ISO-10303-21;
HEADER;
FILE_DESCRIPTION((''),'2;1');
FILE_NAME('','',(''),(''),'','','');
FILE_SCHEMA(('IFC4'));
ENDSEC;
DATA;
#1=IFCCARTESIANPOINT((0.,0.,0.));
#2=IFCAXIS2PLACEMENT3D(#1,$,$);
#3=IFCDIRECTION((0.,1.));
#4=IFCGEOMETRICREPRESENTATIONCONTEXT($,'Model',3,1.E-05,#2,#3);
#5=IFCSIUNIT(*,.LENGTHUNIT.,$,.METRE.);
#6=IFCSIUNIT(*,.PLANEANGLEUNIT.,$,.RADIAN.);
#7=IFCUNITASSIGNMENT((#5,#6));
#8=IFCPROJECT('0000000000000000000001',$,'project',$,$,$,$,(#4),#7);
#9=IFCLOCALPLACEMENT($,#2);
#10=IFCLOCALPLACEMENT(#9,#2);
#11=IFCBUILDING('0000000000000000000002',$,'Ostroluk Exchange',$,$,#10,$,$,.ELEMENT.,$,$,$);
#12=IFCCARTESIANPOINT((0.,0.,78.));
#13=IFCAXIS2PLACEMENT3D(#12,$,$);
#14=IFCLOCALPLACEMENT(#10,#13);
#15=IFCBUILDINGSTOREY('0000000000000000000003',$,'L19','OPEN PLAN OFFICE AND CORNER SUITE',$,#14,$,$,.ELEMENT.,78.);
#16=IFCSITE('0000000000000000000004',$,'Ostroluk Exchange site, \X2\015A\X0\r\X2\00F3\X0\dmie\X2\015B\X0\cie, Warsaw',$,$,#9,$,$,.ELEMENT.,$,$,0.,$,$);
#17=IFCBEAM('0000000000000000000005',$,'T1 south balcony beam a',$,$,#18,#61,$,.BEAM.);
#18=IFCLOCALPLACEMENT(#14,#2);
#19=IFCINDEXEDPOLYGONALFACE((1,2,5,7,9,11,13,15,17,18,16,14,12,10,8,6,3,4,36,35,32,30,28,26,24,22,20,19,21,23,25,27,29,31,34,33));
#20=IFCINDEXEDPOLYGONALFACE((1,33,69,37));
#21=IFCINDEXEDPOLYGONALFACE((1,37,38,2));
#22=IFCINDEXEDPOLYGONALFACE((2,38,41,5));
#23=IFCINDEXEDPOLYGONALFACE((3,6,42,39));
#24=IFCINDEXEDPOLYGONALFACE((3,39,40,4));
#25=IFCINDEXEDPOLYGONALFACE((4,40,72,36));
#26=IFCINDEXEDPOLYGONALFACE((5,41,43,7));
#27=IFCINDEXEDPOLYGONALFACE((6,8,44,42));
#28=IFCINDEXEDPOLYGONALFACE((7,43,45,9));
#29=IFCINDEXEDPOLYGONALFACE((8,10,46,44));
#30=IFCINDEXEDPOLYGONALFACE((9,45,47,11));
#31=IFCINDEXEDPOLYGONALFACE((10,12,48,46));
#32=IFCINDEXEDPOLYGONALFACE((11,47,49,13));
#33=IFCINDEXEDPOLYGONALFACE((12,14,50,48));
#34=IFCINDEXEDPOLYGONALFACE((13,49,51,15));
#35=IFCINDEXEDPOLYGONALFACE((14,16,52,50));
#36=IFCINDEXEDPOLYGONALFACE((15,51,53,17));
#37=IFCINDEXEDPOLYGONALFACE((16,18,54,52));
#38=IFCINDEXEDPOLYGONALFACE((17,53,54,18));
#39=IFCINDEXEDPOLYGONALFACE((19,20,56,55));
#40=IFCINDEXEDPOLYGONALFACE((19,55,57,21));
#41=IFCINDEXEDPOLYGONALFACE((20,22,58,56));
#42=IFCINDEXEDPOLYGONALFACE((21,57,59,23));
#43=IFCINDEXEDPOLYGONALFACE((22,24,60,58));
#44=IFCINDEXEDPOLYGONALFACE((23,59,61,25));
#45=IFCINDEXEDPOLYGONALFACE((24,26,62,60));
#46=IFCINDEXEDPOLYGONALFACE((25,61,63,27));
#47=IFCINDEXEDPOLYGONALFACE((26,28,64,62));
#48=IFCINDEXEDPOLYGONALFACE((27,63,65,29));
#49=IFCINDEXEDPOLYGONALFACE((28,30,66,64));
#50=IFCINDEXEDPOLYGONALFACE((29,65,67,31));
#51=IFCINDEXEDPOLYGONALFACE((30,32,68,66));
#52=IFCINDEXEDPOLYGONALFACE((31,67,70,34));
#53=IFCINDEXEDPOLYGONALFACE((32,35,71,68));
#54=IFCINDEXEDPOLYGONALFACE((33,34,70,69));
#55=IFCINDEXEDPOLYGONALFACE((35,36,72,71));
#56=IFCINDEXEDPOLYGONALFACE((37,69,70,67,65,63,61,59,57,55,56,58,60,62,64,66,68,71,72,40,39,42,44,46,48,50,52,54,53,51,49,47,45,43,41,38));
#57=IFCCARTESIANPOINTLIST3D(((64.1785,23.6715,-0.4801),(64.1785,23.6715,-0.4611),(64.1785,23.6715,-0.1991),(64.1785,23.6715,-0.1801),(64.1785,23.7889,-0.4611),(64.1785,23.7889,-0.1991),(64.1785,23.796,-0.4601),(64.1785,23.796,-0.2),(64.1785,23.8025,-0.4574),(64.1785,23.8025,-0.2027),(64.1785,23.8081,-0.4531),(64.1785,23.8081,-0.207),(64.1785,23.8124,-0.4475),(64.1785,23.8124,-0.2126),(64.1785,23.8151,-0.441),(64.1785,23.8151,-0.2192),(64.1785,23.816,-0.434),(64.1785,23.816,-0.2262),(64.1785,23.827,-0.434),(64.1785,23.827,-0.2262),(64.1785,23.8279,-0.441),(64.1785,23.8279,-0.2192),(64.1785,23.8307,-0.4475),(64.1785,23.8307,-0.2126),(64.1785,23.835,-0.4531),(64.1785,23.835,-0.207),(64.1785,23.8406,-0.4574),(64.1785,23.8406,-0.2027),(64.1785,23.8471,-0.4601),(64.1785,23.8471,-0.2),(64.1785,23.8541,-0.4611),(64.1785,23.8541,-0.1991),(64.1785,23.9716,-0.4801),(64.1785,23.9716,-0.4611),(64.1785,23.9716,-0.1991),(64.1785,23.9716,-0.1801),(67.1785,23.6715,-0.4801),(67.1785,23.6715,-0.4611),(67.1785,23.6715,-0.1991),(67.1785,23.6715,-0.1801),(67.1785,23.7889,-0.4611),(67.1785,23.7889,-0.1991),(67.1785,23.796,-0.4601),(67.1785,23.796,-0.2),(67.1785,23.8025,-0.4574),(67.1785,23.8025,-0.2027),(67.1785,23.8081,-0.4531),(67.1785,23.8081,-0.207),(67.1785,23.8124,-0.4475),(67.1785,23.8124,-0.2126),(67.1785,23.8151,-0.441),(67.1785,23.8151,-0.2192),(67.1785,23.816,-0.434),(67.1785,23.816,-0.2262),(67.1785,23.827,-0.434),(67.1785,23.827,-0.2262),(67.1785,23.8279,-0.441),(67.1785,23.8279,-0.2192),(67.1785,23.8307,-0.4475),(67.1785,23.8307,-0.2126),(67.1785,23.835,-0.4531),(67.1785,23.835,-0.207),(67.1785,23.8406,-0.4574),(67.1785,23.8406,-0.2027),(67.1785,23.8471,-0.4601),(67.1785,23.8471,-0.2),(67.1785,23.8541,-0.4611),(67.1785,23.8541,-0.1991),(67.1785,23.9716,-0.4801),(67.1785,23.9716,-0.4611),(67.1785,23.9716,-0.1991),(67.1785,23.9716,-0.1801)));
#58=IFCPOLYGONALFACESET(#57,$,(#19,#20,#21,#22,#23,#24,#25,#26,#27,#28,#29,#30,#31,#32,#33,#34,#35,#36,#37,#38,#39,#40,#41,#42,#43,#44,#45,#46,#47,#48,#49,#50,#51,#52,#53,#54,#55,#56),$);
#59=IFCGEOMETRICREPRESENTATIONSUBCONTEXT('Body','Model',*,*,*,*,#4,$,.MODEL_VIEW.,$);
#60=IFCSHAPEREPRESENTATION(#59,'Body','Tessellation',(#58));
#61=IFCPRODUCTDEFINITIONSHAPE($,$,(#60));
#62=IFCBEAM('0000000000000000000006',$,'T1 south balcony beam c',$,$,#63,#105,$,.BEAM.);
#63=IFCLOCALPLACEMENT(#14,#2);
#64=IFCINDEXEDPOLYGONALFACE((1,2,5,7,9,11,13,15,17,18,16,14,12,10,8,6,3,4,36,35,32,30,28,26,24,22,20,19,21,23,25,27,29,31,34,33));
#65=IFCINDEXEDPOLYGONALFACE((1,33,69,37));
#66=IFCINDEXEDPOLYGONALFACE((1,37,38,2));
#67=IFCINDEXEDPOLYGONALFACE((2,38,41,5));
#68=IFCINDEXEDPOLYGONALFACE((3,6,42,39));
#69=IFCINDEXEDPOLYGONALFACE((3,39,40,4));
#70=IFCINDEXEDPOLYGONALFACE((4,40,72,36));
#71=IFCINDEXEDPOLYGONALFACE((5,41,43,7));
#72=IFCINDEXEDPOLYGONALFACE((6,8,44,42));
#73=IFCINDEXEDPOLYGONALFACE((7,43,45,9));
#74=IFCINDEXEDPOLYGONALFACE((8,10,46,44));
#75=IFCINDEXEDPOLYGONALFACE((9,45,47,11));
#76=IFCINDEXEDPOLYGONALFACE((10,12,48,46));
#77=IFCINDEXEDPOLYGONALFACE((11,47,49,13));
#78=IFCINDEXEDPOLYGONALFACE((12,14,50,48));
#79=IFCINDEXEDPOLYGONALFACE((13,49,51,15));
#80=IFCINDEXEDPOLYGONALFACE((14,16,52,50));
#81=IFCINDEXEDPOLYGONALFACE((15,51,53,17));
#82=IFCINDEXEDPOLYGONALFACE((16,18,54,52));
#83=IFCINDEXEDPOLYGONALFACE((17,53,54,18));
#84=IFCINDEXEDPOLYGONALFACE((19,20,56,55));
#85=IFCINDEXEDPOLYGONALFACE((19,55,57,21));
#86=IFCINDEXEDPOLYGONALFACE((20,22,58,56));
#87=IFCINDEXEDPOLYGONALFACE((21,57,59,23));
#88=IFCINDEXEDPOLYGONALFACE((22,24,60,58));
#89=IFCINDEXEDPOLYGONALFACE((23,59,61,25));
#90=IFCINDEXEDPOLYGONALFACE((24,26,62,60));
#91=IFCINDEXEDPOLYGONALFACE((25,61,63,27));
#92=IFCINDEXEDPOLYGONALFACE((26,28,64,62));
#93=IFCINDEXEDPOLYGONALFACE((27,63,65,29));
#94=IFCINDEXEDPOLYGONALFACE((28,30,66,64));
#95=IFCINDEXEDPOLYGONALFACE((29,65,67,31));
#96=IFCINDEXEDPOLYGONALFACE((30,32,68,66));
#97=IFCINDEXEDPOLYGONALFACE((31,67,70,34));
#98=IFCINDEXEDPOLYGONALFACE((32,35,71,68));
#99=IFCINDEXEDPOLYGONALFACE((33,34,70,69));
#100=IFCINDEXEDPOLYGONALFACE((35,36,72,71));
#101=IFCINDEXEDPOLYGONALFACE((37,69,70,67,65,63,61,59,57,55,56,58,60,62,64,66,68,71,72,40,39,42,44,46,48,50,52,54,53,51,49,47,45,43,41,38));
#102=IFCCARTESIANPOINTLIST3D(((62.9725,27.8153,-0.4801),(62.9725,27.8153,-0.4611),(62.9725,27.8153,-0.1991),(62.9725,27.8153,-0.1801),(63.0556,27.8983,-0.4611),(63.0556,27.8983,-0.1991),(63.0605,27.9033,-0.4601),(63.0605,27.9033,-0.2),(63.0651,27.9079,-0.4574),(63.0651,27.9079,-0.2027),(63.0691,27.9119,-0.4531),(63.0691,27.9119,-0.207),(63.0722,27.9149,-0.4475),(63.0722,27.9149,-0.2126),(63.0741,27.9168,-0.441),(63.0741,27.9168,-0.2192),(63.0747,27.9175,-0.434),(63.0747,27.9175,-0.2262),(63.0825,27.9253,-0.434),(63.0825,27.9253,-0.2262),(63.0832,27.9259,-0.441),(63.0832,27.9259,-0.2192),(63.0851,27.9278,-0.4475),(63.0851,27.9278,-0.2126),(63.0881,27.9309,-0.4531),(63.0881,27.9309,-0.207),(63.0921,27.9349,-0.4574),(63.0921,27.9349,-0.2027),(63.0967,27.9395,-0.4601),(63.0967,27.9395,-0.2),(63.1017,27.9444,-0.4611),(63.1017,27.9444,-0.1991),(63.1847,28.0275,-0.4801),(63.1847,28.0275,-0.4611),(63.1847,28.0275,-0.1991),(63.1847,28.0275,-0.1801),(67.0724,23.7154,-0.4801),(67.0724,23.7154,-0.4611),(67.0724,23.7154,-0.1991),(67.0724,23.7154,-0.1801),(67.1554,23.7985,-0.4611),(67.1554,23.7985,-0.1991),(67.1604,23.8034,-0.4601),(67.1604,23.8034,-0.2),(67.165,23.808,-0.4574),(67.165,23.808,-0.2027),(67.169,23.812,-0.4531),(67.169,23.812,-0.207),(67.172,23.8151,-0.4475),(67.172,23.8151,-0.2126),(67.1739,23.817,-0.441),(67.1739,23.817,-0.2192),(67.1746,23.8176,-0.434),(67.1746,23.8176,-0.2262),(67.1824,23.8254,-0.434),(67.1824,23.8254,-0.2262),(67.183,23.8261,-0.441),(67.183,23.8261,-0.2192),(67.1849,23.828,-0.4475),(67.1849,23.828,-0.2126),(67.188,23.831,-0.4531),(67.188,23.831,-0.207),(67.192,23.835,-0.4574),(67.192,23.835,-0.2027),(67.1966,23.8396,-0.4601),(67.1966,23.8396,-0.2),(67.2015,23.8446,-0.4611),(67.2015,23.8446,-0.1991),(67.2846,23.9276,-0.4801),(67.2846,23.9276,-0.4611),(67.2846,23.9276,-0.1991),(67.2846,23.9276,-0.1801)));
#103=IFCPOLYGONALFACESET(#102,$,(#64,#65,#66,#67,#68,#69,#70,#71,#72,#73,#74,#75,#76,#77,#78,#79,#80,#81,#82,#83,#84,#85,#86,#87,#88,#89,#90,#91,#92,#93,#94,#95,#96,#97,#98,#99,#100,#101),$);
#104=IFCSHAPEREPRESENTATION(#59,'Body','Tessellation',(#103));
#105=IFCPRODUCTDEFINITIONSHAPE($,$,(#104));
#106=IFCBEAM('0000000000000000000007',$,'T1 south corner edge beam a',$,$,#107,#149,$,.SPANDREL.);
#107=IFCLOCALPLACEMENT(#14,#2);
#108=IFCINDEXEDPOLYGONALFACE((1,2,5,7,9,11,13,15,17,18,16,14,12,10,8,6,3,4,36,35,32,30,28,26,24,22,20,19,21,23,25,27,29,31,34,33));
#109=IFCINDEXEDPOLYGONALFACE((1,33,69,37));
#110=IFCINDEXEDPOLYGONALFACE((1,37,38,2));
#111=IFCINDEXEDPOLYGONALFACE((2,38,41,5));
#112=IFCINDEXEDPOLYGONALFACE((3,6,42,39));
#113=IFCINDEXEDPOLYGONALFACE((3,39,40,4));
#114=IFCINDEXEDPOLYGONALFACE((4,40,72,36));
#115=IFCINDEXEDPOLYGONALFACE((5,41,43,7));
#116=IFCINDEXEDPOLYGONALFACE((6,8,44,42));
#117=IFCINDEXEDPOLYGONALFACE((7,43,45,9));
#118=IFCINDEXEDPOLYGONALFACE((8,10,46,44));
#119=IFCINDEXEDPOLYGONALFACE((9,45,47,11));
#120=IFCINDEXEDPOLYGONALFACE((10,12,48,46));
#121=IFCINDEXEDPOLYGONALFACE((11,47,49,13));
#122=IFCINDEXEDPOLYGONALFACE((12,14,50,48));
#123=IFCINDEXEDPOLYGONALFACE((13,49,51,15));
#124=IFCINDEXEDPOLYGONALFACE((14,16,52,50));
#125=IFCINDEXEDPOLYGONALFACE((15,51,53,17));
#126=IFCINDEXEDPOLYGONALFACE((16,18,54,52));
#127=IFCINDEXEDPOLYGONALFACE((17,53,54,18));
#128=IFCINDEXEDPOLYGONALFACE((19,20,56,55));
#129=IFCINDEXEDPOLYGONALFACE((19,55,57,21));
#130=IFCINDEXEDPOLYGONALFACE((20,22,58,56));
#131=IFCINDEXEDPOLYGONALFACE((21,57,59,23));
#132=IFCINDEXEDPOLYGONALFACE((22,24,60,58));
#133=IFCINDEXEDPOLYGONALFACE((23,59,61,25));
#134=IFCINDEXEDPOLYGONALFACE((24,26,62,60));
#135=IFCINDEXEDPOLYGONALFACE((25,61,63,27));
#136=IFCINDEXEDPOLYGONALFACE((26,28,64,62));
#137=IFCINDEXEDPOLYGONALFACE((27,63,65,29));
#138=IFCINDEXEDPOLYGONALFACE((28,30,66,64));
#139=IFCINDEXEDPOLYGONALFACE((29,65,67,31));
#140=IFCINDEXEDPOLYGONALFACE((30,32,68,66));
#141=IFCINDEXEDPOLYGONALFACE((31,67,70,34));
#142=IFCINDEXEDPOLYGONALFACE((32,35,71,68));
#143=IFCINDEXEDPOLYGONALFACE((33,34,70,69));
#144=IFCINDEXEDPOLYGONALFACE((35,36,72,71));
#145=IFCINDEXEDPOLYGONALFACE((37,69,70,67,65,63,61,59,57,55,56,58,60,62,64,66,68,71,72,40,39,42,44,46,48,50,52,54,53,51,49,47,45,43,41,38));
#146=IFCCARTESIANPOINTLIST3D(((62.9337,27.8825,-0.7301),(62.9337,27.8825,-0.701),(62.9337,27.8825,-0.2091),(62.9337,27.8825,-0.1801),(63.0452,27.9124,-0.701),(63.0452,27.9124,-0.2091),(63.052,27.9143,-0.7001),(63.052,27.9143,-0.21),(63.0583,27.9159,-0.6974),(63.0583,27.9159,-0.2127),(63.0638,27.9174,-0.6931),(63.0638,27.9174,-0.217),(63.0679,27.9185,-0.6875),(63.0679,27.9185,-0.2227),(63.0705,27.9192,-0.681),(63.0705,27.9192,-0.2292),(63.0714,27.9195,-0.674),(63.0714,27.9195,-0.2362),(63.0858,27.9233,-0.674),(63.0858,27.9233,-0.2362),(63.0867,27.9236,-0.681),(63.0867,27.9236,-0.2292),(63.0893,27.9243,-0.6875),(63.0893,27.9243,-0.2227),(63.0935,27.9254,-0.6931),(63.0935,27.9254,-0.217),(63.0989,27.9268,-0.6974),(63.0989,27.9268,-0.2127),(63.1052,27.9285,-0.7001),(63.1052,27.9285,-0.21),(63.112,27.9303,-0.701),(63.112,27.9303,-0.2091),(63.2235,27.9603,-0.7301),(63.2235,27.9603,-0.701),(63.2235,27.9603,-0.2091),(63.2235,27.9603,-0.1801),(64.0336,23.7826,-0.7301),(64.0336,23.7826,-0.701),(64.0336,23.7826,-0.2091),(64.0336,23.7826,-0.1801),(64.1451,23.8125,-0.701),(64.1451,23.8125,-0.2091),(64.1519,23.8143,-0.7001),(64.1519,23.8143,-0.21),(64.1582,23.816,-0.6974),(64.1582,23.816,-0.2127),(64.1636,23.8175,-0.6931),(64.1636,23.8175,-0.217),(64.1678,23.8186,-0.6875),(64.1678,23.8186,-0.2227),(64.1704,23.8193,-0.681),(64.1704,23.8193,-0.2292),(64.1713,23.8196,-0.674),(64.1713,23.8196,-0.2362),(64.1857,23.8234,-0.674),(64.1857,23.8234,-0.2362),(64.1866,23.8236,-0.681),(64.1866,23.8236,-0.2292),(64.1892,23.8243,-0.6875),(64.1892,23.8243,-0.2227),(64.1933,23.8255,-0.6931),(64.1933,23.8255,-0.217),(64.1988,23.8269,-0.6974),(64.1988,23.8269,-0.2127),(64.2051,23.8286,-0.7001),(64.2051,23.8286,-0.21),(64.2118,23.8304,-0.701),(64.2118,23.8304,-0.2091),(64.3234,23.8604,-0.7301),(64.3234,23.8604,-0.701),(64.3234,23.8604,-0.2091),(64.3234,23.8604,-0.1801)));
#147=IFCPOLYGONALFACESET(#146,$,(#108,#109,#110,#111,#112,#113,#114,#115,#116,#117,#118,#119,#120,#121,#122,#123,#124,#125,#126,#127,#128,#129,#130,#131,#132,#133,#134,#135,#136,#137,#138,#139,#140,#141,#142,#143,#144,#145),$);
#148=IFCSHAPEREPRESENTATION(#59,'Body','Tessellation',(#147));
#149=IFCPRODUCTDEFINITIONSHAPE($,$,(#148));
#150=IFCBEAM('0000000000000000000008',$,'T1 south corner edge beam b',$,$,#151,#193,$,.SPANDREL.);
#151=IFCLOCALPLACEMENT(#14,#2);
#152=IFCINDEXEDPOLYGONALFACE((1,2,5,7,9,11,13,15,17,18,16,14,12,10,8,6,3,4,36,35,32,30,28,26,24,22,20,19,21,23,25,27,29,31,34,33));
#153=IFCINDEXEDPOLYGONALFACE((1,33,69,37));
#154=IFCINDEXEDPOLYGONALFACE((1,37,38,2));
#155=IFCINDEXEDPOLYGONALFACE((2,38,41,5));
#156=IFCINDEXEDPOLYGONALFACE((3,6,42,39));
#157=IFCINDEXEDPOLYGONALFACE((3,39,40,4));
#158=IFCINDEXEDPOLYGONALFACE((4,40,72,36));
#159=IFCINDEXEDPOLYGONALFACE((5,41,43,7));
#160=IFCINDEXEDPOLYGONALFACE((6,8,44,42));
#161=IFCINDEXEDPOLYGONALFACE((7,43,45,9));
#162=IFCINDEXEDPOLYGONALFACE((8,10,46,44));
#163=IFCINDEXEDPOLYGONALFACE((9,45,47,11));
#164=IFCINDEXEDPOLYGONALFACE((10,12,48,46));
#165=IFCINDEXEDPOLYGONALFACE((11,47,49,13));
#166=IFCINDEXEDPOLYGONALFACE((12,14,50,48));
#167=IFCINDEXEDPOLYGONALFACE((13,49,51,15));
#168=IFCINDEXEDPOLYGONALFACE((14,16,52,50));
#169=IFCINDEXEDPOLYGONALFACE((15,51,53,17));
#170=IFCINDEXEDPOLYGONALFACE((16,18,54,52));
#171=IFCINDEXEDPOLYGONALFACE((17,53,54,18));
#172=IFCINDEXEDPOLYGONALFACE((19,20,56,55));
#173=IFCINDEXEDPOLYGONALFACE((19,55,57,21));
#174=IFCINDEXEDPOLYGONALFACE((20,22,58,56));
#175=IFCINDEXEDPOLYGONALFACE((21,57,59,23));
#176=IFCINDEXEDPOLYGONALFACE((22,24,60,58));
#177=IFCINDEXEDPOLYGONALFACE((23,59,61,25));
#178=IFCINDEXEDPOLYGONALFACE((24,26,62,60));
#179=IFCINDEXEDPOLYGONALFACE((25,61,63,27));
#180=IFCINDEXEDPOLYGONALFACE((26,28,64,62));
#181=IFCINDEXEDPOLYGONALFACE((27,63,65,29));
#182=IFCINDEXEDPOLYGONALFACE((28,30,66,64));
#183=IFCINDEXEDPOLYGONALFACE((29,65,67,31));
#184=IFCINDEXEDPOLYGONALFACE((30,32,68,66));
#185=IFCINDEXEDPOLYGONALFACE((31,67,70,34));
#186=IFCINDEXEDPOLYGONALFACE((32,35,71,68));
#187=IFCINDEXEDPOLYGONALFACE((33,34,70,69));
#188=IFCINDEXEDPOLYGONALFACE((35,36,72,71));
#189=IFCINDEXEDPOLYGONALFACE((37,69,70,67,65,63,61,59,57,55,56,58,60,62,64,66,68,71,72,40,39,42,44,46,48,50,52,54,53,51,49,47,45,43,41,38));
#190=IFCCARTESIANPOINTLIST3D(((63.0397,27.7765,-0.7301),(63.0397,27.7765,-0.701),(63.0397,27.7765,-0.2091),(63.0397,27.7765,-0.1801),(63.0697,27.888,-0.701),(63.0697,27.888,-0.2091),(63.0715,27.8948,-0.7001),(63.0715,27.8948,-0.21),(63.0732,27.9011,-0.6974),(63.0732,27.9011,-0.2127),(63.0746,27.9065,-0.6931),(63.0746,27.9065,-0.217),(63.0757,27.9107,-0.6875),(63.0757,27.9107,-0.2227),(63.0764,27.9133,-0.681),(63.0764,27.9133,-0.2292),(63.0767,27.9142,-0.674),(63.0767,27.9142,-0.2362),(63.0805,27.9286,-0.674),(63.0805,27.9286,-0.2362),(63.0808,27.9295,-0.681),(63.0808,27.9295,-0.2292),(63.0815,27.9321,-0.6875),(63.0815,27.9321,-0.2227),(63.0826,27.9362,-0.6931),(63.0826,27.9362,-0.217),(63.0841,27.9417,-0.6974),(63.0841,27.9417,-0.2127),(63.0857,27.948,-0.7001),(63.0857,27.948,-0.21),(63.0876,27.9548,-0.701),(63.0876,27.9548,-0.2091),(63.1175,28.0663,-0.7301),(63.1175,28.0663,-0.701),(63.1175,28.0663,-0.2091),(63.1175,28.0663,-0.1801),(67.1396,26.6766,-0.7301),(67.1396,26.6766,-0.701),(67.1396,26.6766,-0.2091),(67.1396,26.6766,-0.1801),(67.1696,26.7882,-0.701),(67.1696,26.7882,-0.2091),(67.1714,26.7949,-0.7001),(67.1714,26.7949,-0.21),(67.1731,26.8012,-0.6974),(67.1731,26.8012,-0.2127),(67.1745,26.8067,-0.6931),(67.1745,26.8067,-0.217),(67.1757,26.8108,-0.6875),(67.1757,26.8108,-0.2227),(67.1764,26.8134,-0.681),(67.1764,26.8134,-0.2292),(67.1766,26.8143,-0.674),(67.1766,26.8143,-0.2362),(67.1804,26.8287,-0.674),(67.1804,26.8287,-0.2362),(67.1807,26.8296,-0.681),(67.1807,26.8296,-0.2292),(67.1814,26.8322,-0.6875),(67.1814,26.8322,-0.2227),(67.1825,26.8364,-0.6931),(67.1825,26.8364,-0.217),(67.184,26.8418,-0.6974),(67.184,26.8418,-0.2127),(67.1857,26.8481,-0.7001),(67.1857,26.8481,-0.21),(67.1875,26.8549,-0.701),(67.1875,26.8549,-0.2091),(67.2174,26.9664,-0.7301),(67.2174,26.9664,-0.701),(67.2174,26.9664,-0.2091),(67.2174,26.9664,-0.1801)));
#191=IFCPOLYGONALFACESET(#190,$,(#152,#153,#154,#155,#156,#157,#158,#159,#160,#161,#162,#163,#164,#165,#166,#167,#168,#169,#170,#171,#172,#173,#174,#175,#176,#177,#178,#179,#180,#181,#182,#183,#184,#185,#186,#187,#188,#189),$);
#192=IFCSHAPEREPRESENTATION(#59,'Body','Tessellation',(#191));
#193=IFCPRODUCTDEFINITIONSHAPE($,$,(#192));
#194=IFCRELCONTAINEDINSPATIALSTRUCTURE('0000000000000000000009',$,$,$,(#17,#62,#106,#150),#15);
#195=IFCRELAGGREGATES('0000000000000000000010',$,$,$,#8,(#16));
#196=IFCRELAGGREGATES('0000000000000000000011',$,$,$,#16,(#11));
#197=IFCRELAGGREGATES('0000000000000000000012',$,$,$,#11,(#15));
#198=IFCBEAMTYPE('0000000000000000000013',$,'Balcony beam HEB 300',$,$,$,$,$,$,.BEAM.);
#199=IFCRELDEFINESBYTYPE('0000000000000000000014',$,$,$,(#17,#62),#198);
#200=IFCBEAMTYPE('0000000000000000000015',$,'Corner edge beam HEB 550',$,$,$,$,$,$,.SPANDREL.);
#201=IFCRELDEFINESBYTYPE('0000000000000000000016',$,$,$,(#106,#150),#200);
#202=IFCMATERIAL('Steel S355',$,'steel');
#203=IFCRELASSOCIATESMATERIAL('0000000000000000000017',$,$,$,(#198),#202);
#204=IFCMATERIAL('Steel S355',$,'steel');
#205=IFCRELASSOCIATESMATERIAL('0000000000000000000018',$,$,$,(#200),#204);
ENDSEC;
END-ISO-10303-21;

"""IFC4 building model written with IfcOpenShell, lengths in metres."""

from ifc_helpers import new_model, si_unit, direction, frame, origin, origin_2d, place, context, subcontext, project, spatial, i_section, extrude, material, material_profile, profile_set, type_object, element, save


model = new_model("IFC4")

# Units and contexts
model_context = context("Model", 3, precision=1e-05, world=origin(), true_north=direction((0.0, 1.0)))
body_context = subcontext(model_context, "Body", "Model", "MODEL_VIEW")
ifc_project = project(units=[si_unit("LENGTHUNIT", "METRE"), si_unit("PLANEANGLEUNIT", "RADIAN")], contexts=[model_context])

# Site, building, storey
site_placement = place(None, origin())
site = spatial("IfcSite", under=ifc_project, at=site_placement, Name="Ostroluk Exchange site, Śródmieście, Warsaw", CompositionType="ELEMENT", RefElevation=0.0)
building_placement = place(site_placement, origin())
building = spatial("IfcBuilding", under=site, at=building_placement, Name="Ostroluk Exchange", CompositionType="ELEMENT")
storey_placement = place(building_placement, frame((0.0, 0.0, 78.0)))
storey = spatial("IfcBuildingStorey", under=building, at=storey_placement, Name="L19", Description="OPEN PLAN OFFICE AND CORNER SUITE", CompositionType="ELEMENT", Elevation=78.0)

# Beams
ifc_material_1 = material(Name="Steel S355", Category="steel")
ifc_material_profile_1 = material_profile(ifc_material_1, i_section(OverallWidth=0.3, OverallDepth=0.3, WebThickness=0.011, FlangeThickness=0.019, FilletRadius=0.0271, at=origin_2d()), Name="HEB 300")
ifc_profile_set_1 = profile_set([ifc_material_profile_1], Name="Steel S355")
beam_type_1 = type_object("IfcBeamType", Name="Balcony beam HEB 300", PredefinedType="BEAM", material=ifc_profile_set_1)
beam_1_placement = place(storey_placement, frame((64.1785, 23.8215, -0.3301), z_axis=(1.0, 0.0, 0.0), x_axis=(0.0, 1.0, 0.0)))
element("IfcBeam", 1, at=beam_1_placement, inside=storey, type_object=beam_type_1, Name="T1 south balcony beam a", PredefinedType="BEAM", context=body_context, shape_type="SweptSolid", body=[
    extrude(i_section(OverallWidth=0.3, OverallDepth=0.3, WebThickness=0.011, FlangeThickness=0.019, FilletRadius=0.0271, at=origin_2d()), origin(), (0.0, 0.0, 1.0), 3.0),
])
beam_2_placement = place(storey_placement, frame((63.0786, 27.9214, -0.3301), z_axis=(0.707107, -0.707107, 0.0), x_axis=(0.707107, 0.707107, 0.0)))
element("IfcBeam", 2, at=beam_2_placement, inside=storey, type_object=beam_type_1, Name="T1 south balcony beam c", PredefinedType="BEAM", context=body_context, shape_type="SweptSolid", body=[
    extrude(i_section(OverallWidth=0.3, OverallDepth=0.3, WebThickness=0.011, FlangeThickness=0.019, FilletRadius=0.0271, at=origin_2d()), origin(), (0.0, 0.0, 1.0), 5.7981),
])
ifc_material_2 = material(Name="Steel S355", Category="steel")
ifc_material_profile_2 = material_profile(ifc_material_2, i_section(OverallWidth=0.3, OverallDepth=0.55, WebThickness=0.0149, FlangeThickness=0.0291, FilletRadius=0.0271, at=origin_2d()), Name="HEB 550")
ifc_profile_set_2 = profile_set([ifc_material_profile_2], Name="Steel S355")
beam_type_2 = type_object("IfcBeamType", Name="Corner edge beam HEB 550", PredefinedType="SPANDREL", material=ifc_profile_set_2)
for number, where, z_axis, x_axis, name in (
    (3, (63.0786, 27.9214, -0.4551), (0.259105, -0.965849, 0.0), (0.965849, 0.259105, 0.0), "T1 south corner edge beam a"),
    (4, (63.0786, 27.9214, -0.4551), (0.965849, -0.259105, 0.0), (0.259105, 0.965849, 0.0), "T1 south corner edge beam b"),
):
    element("IfcBeam", number, at=place(storey_placement, frame(where, z_axis=z_axis, x_axis=x_axis)), inside=storey, type_object=beam_type_2, Name=name, PredefinedType="SPANDREL", context=body_context, shape_type="SweptSolid", body=[
        extrude(i_section(OverallWidth=0.3, OverallDepth=0.55, WebThickness=0.0149, FlangeThickness=0.0291, FilletRadius=0.0271, at=origin_2d()), origin(), (0.0, 0.0, 1.0), 4.2449),
    ])

save(model, "model.ifc")
